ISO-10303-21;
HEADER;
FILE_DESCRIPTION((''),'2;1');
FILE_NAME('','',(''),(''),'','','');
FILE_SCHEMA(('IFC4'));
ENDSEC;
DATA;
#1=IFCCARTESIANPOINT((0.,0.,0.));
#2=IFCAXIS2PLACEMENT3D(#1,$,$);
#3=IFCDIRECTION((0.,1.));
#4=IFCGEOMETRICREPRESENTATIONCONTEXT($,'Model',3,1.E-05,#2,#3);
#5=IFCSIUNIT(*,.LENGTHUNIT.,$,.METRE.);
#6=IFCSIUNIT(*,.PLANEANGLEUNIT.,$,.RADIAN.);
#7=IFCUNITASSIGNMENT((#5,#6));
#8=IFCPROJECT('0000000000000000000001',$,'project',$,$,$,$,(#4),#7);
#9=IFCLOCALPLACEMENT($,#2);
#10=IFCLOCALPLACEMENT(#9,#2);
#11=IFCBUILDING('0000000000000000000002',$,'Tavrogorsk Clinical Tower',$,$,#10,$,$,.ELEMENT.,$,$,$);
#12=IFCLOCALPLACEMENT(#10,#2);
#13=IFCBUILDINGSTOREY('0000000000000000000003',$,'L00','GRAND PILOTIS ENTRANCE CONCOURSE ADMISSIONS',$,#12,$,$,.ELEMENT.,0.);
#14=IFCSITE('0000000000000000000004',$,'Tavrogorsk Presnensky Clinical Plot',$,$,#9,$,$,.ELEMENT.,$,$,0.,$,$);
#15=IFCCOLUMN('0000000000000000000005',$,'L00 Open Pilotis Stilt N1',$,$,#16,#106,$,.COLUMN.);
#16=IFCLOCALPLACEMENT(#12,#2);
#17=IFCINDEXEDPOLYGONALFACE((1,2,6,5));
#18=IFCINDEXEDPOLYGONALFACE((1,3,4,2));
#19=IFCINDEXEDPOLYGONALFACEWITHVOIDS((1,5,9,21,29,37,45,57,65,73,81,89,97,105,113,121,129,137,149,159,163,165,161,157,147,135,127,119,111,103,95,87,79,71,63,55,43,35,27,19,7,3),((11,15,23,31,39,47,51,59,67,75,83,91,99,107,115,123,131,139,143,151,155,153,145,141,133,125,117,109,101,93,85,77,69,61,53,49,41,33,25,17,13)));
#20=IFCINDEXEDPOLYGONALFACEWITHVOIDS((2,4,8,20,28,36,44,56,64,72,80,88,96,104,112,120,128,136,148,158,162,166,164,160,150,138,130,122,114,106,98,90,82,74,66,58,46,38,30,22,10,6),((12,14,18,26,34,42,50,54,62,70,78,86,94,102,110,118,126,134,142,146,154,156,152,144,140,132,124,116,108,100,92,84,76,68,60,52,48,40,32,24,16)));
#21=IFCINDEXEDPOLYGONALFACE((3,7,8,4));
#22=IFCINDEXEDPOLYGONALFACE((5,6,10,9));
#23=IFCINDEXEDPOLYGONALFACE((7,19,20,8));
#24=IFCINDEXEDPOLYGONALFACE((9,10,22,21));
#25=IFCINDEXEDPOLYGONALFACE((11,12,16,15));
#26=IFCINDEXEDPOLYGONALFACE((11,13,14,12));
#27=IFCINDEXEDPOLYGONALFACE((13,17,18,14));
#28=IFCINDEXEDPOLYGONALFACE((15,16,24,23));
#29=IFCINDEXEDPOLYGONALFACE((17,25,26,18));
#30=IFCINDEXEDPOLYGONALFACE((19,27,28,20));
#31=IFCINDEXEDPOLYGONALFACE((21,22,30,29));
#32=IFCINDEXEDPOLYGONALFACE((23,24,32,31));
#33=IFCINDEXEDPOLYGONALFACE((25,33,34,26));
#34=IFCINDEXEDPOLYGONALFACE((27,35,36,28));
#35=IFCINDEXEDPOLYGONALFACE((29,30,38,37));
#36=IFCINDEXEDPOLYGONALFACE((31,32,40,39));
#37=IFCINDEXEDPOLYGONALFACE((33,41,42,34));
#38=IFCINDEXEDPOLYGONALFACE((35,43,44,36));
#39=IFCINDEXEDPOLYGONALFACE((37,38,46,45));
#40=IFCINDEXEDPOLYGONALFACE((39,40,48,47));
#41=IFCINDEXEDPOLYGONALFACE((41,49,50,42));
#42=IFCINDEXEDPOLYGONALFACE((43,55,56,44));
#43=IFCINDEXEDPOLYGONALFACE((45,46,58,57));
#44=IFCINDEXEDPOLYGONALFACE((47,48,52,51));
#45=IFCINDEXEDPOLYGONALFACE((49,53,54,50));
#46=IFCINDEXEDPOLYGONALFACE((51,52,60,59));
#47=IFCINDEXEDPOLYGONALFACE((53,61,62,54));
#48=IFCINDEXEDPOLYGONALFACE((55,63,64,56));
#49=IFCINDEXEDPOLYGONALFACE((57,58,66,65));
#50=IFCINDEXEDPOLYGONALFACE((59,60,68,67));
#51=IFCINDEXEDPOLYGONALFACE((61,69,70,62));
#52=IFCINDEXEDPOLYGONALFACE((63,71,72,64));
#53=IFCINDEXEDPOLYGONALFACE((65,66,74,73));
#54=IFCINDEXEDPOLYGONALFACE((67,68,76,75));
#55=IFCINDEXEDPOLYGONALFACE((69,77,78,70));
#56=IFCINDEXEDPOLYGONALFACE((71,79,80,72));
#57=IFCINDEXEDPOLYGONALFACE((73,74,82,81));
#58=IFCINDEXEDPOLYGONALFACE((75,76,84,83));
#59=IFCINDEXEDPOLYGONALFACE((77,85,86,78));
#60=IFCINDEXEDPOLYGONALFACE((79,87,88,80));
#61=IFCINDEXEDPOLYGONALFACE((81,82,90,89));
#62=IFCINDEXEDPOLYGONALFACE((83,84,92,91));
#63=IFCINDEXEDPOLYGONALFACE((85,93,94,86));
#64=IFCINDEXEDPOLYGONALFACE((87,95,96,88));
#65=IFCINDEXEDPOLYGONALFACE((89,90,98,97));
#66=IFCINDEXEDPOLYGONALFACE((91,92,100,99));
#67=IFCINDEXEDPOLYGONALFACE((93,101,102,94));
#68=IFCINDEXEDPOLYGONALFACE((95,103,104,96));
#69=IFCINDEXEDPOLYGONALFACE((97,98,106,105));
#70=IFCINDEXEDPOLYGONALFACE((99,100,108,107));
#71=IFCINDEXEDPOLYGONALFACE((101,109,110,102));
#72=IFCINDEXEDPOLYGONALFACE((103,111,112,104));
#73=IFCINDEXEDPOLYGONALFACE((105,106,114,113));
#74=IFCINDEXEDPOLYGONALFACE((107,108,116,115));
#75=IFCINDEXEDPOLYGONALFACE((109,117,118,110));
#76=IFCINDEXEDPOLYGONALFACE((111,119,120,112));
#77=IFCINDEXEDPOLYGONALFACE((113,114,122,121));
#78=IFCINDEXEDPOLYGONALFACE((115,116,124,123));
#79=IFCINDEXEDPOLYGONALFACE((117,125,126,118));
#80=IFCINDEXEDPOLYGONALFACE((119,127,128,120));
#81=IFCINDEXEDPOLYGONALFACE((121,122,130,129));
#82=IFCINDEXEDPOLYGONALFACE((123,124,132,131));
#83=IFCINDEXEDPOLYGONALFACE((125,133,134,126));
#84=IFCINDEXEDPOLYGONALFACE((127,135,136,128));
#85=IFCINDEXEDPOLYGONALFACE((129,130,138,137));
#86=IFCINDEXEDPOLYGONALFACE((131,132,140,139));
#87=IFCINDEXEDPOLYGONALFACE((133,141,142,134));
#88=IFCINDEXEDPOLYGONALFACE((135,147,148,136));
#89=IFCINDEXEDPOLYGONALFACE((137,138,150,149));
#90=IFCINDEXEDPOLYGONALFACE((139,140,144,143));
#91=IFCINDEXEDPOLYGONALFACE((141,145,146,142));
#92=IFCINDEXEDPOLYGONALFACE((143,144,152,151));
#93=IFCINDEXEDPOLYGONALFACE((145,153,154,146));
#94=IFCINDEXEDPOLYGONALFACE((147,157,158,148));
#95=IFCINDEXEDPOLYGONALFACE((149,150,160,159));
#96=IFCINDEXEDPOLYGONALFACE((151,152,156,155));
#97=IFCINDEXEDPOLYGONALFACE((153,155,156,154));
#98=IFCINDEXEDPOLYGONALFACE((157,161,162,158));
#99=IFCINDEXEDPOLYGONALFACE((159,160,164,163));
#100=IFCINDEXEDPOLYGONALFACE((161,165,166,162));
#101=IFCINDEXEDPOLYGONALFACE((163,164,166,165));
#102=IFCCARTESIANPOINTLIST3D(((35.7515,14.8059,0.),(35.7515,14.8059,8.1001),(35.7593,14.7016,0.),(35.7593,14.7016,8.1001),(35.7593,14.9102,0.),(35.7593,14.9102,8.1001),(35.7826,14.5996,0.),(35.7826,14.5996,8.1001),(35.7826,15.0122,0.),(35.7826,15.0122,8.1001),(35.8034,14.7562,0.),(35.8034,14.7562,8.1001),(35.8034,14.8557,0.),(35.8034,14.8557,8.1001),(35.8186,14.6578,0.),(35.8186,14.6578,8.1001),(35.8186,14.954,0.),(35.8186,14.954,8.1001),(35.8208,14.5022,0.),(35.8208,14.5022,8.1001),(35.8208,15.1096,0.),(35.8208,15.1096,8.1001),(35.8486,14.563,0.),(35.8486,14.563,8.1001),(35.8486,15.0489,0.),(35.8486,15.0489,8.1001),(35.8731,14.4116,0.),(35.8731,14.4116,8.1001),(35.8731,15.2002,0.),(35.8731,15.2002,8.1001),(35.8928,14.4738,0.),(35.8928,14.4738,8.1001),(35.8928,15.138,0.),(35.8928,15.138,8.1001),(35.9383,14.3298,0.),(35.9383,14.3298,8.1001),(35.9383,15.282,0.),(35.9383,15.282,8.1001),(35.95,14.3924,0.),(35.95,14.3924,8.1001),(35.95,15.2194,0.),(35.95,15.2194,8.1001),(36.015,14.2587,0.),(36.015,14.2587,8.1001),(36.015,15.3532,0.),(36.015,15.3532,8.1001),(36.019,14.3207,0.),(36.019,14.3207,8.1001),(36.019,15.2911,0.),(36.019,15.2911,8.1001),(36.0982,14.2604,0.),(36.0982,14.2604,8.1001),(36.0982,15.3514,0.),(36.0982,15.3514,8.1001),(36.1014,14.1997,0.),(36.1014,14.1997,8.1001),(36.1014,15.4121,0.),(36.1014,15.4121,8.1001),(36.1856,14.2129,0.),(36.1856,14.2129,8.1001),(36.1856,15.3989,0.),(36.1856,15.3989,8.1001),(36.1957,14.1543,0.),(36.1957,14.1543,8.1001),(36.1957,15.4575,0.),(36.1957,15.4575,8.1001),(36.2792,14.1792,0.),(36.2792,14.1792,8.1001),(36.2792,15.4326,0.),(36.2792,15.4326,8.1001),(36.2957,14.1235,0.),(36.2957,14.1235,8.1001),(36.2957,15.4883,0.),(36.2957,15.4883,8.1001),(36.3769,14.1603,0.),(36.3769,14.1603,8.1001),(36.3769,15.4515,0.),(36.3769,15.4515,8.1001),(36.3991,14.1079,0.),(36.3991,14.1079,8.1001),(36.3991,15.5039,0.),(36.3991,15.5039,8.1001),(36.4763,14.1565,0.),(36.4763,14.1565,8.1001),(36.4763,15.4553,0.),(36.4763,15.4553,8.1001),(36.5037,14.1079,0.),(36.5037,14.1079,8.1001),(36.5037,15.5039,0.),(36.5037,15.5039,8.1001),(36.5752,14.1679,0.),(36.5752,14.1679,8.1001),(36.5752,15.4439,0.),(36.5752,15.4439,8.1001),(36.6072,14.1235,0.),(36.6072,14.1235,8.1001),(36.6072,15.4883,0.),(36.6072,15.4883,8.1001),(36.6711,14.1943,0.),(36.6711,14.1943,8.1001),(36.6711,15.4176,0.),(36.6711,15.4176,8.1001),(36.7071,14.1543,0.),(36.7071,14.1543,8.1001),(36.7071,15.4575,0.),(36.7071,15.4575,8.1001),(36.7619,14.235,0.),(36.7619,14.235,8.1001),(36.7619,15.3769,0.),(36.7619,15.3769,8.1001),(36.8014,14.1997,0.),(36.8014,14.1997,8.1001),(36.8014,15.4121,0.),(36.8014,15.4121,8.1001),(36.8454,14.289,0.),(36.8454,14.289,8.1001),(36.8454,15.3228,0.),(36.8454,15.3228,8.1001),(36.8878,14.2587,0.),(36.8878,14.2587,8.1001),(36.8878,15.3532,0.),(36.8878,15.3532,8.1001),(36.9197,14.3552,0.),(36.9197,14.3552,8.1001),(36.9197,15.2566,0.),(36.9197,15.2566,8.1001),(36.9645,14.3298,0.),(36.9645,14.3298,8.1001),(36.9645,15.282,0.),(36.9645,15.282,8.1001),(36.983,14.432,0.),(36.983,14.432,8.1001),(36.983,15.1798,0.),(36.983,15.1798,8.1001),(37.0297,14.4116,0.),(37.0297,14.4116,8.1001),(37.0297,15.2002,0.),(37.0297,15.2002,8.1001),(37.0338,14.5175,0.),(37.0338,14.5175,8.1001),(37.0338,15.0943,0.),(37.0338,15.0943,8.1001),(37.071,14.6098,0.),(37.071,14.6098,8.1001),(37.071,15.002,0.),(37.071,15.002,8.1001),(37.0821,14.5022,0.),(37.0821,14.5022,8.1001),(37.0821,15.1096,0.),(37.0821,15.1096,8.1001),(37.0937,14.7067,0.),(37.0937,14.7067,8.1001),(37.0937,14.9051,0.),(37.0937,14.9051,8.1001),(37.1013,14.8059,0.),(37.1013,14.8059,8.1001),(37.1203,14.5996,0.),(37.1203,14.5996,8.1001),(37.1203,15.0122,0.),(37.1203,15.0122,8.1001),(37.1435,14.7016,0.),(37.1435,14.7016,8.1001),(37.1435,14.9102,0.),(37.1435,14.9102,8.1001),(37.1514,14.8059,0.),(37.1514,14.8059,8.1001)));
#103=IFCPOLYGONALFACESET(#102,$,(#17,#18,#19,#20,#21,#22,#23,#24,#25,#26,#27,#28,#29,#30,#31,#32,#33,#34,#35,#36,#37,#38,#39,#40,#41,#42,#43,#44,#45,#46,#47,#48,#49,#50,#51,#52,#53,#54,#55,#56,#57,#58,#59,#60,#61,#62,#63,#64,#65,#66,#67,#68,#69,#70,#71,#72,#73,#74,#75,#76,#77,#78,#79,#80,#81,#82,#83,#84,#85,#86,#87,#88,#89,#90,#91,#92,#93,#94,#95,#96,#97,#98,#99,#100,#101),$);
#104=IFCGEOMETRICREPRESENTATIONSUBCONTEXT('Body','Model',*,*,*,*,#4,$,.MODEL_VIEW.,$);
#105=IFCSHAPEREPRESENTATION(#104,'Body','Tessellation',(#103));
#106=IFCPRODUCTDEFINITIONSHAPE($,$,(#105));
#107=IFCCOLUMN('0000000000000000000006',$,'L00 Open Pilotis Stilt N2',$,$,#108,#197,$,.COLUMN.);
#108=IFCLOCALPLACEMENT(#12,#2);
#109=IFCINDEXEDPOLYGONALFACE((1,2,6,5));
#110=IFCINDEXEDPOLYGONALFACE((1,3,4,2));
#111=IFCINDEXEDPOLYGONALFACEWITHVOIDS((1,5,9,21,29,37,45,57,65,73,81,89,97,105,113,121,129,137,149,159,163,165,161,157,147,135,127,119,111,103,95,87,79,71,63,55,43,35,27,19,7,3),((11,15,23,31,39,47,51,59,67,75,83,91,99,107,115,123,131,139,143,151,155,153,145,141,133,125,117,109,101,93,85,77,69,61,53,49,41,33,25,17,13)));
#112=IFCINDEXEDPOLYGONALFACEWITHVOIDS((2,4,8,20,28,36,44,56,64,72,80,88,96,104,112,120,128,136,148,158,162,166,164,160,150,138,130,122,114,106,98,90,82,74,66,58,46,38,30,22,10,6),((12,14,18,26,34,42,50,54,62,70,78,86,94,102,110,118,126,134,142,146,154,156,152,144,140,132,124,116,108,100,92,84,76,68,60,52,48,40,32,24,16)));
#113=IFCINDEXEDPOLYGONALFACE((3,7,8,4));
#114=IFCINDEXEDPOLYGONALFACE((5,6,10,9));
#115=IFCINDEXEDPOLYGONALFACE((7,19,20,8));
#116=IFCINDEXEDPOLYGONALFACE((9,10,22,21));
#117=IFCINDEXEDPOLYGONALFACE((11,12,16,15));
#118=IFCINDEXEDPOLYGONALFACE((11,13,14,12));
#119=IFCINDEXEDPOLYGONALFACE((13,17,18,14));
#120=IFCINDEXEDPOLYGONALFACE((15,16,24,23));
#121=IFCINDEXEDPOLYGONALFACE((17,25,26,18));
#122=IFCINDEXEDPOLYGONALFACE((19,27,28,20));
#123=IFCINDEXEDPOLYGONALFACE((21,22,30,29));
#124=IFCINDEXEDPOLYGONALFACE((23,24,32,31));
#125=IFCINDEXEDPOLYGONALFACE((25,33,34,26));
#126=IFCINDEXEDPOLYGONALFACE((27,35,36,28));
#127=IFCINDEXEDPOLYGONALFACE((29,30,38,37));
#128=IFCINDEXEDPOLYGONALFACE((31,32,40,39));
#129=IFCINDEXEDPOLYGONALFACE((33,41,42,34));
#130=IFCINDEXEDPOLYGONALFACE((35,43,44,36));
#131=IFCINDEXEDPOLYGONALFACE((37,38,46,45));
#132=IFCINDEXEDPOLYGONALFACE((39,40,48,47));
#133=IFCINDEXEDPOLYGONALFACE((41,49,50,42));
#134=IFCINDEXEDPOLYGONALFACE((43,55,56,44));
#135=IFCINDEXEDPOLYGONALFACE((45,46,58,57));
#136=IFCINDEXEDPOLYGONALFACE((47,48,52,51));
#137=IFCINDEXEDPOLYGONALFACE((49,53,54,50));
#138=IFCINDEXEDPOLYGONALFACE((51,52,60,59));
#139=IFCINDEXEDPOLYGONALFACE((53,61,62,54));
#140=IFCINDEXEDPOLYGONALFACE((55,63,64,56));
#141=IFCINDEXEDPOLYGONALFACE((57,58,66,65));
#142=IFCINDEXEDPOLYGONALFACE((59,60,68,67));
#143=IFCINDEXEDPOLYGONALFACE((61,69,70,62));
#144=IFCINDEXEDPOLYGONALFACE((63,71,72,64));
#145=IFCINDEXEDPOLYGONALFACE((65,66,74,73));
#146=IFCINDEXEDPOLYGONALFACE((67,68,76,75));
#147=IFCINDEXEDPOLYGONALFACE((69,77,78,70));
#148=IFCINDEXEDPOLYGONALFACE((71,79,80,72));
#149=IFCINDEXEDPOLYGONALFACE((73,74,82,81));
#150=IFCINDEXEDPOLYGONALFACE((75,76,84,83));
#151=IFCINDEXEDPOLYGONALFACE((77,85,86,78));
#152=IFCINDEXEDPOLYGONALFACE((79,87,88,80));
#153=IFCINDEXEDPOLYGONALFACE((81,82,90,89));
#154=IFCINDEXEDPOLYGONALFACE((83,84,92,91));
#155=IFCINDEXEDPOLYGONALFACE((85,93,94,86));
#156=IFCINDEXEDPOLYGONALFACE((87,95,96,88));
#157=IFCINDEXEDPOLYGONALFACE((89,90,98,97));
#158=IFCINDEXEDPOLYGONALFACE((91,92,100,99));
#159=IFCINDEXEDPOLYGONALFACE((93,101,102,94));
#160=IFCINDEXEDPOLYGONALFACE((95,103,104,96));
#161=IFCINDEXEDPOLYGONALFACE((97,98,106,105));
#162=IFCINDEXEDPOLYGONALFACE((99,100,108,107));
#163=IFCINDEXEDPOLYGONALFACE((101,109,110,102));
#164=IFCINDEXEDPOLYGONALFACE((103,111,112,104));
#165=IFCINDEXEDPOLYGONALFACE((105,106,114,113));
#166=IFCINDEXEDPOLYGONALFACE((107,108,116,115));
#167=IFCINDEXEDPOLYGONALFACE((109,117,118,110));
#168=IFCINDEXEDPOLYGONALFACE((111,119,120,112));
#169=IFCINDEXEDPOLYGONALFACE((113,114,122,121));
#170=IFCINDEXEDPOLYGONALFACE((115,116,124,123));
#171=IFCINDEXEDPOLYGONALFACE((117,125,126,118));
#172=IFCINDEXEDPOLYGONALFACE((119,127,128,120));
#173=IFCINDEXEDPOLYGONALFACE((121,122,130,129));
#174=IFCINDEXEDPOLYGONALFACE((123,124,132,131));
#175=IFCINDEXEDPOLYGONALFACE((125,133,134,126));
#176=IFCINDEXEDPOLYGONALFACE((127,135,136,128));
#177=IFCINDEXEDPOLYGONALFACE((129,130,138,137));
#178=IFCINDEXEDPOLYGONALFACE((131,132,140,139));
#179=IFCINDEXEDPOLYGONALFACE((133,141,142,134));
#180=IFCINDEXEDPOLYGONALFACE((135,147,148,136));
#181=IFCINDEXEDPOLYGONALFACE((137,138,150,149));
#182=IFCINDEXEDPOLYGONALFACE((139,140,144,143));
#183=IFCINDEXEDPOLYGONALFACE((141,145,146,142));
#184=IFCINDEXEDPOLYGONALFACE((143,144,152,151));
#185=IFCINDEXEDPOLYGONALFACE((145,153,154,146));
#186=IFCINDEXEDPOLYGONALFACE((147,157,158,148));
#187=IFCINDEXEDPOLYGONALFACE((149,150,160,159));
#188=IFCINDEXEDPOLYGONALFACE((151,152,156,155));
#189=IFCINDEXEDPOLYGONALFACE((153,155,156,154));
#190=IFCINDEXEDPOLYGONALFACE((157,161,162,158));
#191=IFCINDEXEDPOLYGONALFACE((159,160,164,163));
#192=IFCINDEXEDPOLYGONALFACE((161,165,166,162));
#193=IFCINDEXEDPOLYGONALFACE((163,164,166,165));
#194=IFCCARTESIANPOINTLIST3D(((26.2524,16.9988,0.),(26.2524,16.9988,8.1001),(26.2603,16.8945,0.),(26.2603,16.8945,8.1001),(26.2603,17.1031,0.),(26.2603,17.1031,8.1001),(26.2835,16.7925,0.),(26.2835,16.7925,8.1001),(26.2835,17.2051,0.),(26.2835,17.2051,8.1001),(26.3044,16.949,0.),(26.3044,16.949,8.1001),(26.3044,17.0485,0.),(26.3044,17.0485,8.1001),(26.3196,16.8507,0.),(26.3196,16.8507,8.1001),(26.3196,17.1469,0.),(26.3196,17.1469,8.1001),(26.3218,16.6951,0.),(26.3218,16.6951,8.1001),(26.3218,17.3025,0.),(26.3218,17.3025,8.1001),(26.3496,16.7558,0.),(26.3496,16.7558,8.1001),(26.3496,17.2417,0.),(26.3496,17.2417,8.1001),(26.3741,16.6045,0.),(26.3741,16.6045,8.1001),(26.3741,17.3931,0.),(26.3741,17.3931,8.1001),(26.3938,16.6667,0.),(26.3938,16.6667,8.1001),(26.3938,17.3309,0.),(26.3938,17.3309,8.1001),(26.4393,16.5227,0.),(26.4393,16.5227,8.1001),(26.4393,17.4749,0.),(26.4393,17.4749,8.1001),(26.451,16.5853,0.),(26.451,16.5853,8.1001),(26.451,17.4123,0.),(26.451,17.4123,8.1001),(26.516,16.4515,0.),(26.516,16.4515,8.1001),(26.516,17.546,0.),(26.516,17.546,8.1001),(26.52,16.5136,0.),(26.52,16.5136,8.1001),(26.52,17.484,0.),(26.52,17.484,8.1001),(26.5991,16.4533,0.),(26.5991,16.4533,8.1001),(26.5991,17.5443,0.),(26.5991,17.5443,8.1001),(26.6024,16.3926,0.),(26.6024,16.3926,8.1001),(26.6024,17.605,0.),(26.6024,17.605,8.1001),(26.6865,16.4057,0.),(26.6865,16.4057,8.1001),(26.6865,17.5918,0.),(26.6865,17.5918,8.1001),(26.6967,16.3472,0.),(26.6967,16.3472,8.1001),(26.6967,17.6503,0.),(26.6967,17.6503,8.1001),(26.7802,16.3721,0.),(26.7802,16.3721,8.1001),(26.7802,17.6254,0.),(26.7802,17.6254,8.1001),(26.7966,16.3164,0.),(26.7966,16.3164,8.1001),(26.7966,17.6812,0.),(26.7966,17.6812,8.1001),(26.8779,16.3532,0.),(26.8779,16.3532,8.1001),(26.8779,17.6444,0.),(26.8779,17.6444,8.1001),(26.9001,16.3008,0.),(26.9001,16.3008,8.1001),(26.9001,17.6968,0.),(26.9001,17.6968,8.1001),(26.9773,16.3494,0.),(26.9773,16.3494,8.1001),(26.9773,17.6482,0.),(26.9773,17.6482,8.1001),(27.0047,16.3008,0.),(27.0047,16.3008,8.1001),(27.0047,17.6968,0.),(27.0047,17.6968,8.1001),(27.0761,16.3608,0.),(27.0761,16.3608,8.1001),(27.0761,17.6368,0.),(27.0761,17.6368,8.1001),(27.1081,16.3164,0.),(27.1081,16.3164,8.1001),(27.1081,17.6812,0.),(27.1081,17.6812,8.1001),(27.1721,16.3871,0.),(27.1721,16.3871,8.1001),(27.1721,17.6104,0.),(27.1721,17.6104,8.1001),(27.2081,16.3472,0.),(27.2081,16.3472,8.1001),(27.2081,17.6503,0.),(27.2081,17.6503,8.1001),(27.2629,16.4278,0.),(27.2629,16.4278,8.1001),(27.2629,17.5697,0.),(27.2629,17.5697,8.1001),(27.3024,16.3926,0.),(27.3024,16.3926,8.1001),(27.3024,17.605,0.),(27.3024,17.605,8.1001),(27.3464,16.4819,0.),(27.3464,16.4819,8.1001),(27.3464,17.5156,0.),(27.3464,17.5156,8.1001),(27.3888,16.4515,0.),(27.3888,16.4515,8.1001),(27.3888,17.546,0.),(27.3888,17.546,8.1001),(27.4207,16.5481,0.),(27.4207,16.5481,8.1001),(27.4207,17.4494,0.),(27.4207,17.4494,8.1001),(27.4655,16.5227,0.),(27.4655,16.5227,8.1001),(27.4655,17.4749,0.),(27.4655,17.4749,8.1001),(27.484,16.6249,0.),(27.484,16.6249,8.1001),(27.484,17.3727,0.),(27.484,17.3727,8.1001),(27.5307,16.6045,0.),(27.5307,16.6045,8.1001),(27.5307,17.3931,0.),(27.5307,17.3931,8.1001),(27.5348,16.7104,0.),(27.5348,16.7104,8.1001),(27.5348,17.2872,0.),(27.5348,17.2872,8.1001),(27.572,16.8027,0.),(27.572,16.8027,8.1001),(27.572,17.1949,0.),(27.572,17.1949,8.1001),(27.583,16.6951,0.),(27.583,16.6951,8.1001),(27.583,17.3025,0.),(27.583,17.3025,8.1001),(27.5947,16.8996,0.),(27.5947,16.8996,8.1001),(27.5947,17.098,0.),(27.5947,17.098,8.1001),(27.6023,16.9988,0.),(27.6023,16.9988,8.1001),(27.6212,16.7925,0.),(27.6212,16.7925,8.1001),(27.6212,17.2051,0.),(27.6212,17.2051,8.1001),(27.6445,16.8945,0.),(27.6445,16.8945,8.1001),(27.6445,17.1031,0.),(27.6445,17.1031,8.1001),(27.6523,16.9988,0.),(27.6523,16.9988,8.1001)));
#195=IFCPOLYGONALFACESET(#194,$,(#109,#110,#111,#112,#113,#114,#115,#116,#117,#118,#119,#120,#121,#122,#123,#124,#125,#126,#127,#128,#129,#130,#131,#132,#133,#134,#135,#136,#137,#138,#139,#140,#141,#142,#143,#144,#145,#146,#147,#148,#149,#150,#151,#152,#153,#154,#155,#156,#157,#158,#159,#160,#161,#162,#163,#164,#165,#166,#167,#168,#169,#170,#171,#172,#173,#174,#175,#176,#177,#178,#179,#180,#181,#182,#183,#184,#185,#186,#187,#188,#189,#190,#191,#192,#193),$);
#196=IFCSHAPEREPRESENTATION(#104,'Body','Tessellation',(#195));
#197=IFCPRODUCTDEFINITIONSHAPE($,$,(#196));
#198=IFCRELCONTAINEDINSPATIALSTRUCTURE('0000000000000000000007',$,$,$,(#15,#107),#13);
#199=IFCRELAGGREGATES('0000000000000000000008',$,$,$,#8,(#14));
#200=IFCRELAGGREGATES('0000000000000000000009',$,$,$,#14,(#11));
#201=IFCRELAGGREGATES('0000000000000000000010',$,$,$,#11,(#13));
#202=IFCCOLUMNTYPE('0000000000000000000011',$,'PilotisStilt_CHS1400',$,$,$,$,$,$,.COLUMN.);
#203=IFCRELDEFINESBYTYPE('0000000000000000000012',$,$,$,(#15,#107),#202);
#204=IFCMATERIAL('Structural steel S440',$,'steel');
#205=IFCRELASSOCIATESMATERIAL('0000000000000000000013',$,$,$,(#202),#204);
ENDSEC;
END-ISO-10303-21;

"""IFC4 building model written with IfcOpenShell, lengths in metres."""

from ifc_helpers import new_model, si_unit, direction, frame, origin, origin_2d, place, context, subcontext, project, spatial, hollow_circle, extrude, material, material_profile, profile_set, type_object, element, save


model = new_model("IFC4")

# Units and contexts
model_context = context("Model", 3, precision=1e-05, world=origin(), true_north=direction((0.0, 1.0)))
body_context = subcontext(model_context, "Body", "Model", "MODEL_VIEW")
ifc_project = project(units=[si_unit("LENGTHUNIT", "METRE"), si_unit("PLANEANGLEUNIT", "RADIAN")], contexts=[model_context])

# Site, building, storey
site_placement = place(None, origin())
site = spatial("IfcSite", under=ifc_project, at=site_placement, Name="Tavrogorsk Presnensky Clinical Plot", CompositionType="ELEMENT", RefElevation=0.0)
building_placement = place(site_placement, origin())
building = spatial("IfcBuilding", under=site, at=building_placement, Name="Tavrogorsk Clinical Tower", CompositionType="ELEMENT")
storey_placement = place(building_placement, origin())
storey = spatial("IfcBuildingStorey", under=building, at=storey_placement, Name="L00", Description="GRAND PILOTIS ENTRANCE CONCOURSE ADMISSIONS", CompositionType="ELEMENT", Elevation=0.0)

# Columns
ifc_material_1 = material(Name="Structural steel S440", Category="steel")
ifc_material_profile_1 = material_profile(ifc_material_1, hollow_circle(Radius=0.7, WallThickness=0.05, at=origin_2d()), Name="CHS-1400x50")
ifc_profile_set_1 = profile_set([ifc_material_profile_1], Name="Structural steel S440")
column_type = type_object("IfcColumnType", Name="PilotisStilt_CHS1400", PredefinedType="COLUMN", material=ifc_profile_set_1)
for number, where, z_axis, x_axis, name in (
    (1, (36.4514, 14.8059, 0.0), (0.0, 0.0, 1.0), (1.0, 0.0, 0.0), "L00 Open Pilotis Stilt N1"),
    (2, (26.9524, 16.9988, 0.0), (0.0, 0.0, 1.0), (1.0, 0.0, 0.0), "L00 Open Pilotis Stilt N2"),
):
    element("IfcColumn", number, at=place(storey_placement, frame(where, z_axis=z_axis, x_axis=x_axis)), inside=storey, type_object=column_type, Name=name, PredefinedType="COLUMN", context=body_context, shape_type="SweptSolid", body=[
        extrude(hollow_circle(Radius=0.7, WallThickness=0.05, at=origin_2d()), origin(), (0.0, 0.0, 1.0), 8.1001),
    ])

save(model, "model.ifc")
